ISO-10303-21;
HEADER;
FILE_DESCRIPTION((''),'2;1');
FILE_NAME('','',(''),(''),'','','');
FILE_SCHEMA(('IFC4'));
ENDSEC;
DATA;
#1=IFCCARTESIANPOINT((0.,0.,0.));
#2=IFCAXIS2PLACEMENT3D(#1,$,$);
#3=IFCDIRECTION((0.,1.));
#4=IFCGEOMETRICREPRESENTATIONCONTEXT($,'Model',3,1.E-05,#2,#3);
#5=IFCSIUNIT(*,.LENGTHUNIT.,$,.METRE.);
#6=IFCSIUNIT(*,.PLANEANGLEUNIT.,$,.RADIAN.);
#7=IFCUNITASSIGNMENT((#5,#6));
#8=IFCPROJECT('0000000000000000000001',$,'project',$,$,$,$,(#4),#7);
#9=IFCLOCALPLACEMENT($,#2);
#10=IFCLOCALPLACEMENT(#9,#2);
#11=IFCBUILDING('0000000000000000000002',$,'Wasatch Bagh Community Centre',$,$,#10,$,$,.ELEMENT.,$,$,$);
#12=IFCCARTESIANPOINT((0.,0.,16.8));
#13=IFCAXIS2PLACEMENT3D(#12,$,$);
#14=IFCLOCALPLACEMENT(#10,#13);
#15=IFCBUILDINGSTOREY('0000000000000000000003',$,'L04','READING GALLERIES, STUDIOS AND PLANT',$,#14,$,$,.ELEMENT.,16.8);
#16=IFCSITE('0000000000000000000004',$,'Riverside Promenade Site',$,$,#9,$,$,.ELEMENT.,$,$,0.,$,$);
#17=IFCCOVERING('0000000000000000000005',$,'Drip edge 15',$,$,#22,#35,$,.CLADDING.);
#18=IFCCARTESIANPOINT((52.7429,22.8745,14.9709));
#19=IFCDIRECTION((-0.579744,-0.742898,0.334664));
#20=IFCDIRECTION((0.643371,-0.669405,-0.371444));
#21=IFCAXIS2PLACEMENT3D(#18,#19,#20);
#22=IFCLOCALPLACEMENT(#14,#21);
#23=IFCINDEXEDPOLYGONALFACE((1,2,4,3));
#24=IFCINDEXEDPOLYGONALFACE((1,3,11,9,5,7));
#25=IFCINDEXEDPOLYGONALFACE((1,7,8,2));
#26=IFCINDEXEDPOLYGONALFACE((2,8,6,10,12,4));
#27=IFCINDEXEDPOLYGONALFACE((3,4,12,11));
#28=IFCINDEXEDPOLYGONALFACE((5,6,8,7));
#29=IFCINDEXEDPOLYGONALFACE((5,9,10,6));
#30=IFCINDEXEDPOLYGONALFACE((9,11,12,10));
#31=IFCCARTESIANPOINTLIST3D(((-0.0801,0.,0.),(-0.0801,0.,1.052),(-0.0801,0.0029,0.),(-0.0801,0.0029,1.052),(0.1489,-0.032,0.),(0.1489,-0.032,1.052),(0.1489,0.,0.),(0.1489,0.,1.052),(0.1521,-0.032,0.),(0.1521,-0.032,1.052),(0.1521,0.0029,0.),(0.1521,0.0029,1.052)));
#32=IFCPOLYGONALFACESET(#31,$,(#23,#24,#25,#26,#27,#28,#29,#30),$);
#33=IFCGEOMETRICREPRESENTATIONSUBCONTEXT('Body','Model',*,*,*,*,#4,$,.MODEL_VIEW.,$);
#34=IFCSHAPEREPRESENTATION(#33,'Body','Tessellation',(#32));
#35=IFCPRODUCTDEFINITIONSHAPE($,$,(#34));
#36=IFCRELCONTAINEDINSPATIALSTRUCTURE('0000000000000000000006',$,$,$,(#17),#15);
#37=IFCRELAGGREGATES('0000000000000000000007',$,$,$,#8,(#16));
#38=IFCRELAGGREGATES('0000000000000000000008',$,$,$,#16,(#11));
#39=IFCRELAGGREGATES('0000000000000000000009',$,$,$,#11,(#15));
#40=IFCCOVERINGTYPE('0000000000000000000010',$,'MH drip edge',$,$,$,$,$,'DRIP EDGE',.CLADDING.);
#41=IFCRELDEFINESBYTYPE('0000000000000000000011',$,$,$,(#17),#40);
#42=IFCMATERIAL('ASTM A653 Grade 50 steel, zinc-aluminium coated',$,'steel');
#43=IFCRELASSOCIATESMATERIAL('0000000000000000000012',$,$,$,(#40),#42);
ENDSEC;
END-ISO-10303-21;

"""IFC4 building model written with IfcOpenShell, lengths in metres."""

from ifc_helpers import new_model, si_unit, direction, frame, origin, place, context, subcontext, project, spatial, polyline, outline, extrude, material, material_profile, profile_set, type_object, element, save


model = new_model("IFC4")

# Units and contexts
model_context = context("Model", 3, precision=1e-05, world=origin(), true_north=direction((0.0, 1.0)))
body_context = subcontext(model_context, "Body", "Model", "MODEL_VIEW")
ifc_project = project(units=[si_unit("LENGTHUNIT", "METRE"), si_unit("PLANEANGLEUNIT", "RADIAN")], contexts=[model_context])

# Site, building, storey
site_placement = place(None, origin())
site = spatial("IfcSite", under=ifc_project, at=site_placement, Name="Riverside Promenade Site", CompositionType="ELEMENT", RefElevation=0.0)
building_placement = place(site_placement, origin())
building = spatial("IfcBuilding", under=site, at=building_placement, Name="Wasatch Bagh Community Centre", CompositionType="ELEMENT")
storey_placement = place(building_placement, frame((0.0, 0.0, 16.8)))
storey = spatial("IfcBuildingStorey", under=building, at=storey_placement, Name="L04", Description="READING GALLERIES, STUDIOS AND PLANT", CompositionType="ELEMENT", Elevation=16.8)

# Covering
ifc_material_1 = material(Name="ASTM A653 Grade 50 steel, zinc-aluminium coated", Category="steel")
ifc_material_profile_1 = material_profile(ifc_material_1, outline(polyline([(-0.0801, 0.0029), (0.1521, 0.0029), (0.1521, -0.032), (0.1489, -0.032), (0.1489, 0.0), (-0.0801, 0.0), (-0.0801, 0.0029)])), Name="DRIP EDGE")
ifc_profile_set_1 = profile_set([ifc_material_profile_1], Name="ASTM A653 Grade 50 steel, zinc-aluminium coated")
covering_type_1 = type_object("IfcCoveringType", Name="MH drip edge", ElementType="DRIP EDGE", PredefinedType="CLADDING", material=ifc_profile_set_1)
covering_1_placement = place(storey_placement, frame((52.7429, 22.8745, 14.9709), z_axis=(-0.579744, -0.742898, 0.334664), x_axis=(0.643371, -0.669405, -0.371444)))
element("IfcCovering", 1, at=covering_1_placement, inside=storey, type_object=covering_type_1, Name="Drip edge 15", PredefinedType="CLADDING", context=body_context, shape_type="SweptSolid", body=[
    extrude(outline(polyline([(-0.0801, 0.0029), (0.1521, 0.0029), (0.1521, -0.032), (0.1489, -0.032), (0.1489, 0.0), (-0.0801, 0.0), (-0.0801, 0.0029)])), origin(), (0.0, 0.0, 1.0), 1.052),
])

save(model, "model.ifc")
